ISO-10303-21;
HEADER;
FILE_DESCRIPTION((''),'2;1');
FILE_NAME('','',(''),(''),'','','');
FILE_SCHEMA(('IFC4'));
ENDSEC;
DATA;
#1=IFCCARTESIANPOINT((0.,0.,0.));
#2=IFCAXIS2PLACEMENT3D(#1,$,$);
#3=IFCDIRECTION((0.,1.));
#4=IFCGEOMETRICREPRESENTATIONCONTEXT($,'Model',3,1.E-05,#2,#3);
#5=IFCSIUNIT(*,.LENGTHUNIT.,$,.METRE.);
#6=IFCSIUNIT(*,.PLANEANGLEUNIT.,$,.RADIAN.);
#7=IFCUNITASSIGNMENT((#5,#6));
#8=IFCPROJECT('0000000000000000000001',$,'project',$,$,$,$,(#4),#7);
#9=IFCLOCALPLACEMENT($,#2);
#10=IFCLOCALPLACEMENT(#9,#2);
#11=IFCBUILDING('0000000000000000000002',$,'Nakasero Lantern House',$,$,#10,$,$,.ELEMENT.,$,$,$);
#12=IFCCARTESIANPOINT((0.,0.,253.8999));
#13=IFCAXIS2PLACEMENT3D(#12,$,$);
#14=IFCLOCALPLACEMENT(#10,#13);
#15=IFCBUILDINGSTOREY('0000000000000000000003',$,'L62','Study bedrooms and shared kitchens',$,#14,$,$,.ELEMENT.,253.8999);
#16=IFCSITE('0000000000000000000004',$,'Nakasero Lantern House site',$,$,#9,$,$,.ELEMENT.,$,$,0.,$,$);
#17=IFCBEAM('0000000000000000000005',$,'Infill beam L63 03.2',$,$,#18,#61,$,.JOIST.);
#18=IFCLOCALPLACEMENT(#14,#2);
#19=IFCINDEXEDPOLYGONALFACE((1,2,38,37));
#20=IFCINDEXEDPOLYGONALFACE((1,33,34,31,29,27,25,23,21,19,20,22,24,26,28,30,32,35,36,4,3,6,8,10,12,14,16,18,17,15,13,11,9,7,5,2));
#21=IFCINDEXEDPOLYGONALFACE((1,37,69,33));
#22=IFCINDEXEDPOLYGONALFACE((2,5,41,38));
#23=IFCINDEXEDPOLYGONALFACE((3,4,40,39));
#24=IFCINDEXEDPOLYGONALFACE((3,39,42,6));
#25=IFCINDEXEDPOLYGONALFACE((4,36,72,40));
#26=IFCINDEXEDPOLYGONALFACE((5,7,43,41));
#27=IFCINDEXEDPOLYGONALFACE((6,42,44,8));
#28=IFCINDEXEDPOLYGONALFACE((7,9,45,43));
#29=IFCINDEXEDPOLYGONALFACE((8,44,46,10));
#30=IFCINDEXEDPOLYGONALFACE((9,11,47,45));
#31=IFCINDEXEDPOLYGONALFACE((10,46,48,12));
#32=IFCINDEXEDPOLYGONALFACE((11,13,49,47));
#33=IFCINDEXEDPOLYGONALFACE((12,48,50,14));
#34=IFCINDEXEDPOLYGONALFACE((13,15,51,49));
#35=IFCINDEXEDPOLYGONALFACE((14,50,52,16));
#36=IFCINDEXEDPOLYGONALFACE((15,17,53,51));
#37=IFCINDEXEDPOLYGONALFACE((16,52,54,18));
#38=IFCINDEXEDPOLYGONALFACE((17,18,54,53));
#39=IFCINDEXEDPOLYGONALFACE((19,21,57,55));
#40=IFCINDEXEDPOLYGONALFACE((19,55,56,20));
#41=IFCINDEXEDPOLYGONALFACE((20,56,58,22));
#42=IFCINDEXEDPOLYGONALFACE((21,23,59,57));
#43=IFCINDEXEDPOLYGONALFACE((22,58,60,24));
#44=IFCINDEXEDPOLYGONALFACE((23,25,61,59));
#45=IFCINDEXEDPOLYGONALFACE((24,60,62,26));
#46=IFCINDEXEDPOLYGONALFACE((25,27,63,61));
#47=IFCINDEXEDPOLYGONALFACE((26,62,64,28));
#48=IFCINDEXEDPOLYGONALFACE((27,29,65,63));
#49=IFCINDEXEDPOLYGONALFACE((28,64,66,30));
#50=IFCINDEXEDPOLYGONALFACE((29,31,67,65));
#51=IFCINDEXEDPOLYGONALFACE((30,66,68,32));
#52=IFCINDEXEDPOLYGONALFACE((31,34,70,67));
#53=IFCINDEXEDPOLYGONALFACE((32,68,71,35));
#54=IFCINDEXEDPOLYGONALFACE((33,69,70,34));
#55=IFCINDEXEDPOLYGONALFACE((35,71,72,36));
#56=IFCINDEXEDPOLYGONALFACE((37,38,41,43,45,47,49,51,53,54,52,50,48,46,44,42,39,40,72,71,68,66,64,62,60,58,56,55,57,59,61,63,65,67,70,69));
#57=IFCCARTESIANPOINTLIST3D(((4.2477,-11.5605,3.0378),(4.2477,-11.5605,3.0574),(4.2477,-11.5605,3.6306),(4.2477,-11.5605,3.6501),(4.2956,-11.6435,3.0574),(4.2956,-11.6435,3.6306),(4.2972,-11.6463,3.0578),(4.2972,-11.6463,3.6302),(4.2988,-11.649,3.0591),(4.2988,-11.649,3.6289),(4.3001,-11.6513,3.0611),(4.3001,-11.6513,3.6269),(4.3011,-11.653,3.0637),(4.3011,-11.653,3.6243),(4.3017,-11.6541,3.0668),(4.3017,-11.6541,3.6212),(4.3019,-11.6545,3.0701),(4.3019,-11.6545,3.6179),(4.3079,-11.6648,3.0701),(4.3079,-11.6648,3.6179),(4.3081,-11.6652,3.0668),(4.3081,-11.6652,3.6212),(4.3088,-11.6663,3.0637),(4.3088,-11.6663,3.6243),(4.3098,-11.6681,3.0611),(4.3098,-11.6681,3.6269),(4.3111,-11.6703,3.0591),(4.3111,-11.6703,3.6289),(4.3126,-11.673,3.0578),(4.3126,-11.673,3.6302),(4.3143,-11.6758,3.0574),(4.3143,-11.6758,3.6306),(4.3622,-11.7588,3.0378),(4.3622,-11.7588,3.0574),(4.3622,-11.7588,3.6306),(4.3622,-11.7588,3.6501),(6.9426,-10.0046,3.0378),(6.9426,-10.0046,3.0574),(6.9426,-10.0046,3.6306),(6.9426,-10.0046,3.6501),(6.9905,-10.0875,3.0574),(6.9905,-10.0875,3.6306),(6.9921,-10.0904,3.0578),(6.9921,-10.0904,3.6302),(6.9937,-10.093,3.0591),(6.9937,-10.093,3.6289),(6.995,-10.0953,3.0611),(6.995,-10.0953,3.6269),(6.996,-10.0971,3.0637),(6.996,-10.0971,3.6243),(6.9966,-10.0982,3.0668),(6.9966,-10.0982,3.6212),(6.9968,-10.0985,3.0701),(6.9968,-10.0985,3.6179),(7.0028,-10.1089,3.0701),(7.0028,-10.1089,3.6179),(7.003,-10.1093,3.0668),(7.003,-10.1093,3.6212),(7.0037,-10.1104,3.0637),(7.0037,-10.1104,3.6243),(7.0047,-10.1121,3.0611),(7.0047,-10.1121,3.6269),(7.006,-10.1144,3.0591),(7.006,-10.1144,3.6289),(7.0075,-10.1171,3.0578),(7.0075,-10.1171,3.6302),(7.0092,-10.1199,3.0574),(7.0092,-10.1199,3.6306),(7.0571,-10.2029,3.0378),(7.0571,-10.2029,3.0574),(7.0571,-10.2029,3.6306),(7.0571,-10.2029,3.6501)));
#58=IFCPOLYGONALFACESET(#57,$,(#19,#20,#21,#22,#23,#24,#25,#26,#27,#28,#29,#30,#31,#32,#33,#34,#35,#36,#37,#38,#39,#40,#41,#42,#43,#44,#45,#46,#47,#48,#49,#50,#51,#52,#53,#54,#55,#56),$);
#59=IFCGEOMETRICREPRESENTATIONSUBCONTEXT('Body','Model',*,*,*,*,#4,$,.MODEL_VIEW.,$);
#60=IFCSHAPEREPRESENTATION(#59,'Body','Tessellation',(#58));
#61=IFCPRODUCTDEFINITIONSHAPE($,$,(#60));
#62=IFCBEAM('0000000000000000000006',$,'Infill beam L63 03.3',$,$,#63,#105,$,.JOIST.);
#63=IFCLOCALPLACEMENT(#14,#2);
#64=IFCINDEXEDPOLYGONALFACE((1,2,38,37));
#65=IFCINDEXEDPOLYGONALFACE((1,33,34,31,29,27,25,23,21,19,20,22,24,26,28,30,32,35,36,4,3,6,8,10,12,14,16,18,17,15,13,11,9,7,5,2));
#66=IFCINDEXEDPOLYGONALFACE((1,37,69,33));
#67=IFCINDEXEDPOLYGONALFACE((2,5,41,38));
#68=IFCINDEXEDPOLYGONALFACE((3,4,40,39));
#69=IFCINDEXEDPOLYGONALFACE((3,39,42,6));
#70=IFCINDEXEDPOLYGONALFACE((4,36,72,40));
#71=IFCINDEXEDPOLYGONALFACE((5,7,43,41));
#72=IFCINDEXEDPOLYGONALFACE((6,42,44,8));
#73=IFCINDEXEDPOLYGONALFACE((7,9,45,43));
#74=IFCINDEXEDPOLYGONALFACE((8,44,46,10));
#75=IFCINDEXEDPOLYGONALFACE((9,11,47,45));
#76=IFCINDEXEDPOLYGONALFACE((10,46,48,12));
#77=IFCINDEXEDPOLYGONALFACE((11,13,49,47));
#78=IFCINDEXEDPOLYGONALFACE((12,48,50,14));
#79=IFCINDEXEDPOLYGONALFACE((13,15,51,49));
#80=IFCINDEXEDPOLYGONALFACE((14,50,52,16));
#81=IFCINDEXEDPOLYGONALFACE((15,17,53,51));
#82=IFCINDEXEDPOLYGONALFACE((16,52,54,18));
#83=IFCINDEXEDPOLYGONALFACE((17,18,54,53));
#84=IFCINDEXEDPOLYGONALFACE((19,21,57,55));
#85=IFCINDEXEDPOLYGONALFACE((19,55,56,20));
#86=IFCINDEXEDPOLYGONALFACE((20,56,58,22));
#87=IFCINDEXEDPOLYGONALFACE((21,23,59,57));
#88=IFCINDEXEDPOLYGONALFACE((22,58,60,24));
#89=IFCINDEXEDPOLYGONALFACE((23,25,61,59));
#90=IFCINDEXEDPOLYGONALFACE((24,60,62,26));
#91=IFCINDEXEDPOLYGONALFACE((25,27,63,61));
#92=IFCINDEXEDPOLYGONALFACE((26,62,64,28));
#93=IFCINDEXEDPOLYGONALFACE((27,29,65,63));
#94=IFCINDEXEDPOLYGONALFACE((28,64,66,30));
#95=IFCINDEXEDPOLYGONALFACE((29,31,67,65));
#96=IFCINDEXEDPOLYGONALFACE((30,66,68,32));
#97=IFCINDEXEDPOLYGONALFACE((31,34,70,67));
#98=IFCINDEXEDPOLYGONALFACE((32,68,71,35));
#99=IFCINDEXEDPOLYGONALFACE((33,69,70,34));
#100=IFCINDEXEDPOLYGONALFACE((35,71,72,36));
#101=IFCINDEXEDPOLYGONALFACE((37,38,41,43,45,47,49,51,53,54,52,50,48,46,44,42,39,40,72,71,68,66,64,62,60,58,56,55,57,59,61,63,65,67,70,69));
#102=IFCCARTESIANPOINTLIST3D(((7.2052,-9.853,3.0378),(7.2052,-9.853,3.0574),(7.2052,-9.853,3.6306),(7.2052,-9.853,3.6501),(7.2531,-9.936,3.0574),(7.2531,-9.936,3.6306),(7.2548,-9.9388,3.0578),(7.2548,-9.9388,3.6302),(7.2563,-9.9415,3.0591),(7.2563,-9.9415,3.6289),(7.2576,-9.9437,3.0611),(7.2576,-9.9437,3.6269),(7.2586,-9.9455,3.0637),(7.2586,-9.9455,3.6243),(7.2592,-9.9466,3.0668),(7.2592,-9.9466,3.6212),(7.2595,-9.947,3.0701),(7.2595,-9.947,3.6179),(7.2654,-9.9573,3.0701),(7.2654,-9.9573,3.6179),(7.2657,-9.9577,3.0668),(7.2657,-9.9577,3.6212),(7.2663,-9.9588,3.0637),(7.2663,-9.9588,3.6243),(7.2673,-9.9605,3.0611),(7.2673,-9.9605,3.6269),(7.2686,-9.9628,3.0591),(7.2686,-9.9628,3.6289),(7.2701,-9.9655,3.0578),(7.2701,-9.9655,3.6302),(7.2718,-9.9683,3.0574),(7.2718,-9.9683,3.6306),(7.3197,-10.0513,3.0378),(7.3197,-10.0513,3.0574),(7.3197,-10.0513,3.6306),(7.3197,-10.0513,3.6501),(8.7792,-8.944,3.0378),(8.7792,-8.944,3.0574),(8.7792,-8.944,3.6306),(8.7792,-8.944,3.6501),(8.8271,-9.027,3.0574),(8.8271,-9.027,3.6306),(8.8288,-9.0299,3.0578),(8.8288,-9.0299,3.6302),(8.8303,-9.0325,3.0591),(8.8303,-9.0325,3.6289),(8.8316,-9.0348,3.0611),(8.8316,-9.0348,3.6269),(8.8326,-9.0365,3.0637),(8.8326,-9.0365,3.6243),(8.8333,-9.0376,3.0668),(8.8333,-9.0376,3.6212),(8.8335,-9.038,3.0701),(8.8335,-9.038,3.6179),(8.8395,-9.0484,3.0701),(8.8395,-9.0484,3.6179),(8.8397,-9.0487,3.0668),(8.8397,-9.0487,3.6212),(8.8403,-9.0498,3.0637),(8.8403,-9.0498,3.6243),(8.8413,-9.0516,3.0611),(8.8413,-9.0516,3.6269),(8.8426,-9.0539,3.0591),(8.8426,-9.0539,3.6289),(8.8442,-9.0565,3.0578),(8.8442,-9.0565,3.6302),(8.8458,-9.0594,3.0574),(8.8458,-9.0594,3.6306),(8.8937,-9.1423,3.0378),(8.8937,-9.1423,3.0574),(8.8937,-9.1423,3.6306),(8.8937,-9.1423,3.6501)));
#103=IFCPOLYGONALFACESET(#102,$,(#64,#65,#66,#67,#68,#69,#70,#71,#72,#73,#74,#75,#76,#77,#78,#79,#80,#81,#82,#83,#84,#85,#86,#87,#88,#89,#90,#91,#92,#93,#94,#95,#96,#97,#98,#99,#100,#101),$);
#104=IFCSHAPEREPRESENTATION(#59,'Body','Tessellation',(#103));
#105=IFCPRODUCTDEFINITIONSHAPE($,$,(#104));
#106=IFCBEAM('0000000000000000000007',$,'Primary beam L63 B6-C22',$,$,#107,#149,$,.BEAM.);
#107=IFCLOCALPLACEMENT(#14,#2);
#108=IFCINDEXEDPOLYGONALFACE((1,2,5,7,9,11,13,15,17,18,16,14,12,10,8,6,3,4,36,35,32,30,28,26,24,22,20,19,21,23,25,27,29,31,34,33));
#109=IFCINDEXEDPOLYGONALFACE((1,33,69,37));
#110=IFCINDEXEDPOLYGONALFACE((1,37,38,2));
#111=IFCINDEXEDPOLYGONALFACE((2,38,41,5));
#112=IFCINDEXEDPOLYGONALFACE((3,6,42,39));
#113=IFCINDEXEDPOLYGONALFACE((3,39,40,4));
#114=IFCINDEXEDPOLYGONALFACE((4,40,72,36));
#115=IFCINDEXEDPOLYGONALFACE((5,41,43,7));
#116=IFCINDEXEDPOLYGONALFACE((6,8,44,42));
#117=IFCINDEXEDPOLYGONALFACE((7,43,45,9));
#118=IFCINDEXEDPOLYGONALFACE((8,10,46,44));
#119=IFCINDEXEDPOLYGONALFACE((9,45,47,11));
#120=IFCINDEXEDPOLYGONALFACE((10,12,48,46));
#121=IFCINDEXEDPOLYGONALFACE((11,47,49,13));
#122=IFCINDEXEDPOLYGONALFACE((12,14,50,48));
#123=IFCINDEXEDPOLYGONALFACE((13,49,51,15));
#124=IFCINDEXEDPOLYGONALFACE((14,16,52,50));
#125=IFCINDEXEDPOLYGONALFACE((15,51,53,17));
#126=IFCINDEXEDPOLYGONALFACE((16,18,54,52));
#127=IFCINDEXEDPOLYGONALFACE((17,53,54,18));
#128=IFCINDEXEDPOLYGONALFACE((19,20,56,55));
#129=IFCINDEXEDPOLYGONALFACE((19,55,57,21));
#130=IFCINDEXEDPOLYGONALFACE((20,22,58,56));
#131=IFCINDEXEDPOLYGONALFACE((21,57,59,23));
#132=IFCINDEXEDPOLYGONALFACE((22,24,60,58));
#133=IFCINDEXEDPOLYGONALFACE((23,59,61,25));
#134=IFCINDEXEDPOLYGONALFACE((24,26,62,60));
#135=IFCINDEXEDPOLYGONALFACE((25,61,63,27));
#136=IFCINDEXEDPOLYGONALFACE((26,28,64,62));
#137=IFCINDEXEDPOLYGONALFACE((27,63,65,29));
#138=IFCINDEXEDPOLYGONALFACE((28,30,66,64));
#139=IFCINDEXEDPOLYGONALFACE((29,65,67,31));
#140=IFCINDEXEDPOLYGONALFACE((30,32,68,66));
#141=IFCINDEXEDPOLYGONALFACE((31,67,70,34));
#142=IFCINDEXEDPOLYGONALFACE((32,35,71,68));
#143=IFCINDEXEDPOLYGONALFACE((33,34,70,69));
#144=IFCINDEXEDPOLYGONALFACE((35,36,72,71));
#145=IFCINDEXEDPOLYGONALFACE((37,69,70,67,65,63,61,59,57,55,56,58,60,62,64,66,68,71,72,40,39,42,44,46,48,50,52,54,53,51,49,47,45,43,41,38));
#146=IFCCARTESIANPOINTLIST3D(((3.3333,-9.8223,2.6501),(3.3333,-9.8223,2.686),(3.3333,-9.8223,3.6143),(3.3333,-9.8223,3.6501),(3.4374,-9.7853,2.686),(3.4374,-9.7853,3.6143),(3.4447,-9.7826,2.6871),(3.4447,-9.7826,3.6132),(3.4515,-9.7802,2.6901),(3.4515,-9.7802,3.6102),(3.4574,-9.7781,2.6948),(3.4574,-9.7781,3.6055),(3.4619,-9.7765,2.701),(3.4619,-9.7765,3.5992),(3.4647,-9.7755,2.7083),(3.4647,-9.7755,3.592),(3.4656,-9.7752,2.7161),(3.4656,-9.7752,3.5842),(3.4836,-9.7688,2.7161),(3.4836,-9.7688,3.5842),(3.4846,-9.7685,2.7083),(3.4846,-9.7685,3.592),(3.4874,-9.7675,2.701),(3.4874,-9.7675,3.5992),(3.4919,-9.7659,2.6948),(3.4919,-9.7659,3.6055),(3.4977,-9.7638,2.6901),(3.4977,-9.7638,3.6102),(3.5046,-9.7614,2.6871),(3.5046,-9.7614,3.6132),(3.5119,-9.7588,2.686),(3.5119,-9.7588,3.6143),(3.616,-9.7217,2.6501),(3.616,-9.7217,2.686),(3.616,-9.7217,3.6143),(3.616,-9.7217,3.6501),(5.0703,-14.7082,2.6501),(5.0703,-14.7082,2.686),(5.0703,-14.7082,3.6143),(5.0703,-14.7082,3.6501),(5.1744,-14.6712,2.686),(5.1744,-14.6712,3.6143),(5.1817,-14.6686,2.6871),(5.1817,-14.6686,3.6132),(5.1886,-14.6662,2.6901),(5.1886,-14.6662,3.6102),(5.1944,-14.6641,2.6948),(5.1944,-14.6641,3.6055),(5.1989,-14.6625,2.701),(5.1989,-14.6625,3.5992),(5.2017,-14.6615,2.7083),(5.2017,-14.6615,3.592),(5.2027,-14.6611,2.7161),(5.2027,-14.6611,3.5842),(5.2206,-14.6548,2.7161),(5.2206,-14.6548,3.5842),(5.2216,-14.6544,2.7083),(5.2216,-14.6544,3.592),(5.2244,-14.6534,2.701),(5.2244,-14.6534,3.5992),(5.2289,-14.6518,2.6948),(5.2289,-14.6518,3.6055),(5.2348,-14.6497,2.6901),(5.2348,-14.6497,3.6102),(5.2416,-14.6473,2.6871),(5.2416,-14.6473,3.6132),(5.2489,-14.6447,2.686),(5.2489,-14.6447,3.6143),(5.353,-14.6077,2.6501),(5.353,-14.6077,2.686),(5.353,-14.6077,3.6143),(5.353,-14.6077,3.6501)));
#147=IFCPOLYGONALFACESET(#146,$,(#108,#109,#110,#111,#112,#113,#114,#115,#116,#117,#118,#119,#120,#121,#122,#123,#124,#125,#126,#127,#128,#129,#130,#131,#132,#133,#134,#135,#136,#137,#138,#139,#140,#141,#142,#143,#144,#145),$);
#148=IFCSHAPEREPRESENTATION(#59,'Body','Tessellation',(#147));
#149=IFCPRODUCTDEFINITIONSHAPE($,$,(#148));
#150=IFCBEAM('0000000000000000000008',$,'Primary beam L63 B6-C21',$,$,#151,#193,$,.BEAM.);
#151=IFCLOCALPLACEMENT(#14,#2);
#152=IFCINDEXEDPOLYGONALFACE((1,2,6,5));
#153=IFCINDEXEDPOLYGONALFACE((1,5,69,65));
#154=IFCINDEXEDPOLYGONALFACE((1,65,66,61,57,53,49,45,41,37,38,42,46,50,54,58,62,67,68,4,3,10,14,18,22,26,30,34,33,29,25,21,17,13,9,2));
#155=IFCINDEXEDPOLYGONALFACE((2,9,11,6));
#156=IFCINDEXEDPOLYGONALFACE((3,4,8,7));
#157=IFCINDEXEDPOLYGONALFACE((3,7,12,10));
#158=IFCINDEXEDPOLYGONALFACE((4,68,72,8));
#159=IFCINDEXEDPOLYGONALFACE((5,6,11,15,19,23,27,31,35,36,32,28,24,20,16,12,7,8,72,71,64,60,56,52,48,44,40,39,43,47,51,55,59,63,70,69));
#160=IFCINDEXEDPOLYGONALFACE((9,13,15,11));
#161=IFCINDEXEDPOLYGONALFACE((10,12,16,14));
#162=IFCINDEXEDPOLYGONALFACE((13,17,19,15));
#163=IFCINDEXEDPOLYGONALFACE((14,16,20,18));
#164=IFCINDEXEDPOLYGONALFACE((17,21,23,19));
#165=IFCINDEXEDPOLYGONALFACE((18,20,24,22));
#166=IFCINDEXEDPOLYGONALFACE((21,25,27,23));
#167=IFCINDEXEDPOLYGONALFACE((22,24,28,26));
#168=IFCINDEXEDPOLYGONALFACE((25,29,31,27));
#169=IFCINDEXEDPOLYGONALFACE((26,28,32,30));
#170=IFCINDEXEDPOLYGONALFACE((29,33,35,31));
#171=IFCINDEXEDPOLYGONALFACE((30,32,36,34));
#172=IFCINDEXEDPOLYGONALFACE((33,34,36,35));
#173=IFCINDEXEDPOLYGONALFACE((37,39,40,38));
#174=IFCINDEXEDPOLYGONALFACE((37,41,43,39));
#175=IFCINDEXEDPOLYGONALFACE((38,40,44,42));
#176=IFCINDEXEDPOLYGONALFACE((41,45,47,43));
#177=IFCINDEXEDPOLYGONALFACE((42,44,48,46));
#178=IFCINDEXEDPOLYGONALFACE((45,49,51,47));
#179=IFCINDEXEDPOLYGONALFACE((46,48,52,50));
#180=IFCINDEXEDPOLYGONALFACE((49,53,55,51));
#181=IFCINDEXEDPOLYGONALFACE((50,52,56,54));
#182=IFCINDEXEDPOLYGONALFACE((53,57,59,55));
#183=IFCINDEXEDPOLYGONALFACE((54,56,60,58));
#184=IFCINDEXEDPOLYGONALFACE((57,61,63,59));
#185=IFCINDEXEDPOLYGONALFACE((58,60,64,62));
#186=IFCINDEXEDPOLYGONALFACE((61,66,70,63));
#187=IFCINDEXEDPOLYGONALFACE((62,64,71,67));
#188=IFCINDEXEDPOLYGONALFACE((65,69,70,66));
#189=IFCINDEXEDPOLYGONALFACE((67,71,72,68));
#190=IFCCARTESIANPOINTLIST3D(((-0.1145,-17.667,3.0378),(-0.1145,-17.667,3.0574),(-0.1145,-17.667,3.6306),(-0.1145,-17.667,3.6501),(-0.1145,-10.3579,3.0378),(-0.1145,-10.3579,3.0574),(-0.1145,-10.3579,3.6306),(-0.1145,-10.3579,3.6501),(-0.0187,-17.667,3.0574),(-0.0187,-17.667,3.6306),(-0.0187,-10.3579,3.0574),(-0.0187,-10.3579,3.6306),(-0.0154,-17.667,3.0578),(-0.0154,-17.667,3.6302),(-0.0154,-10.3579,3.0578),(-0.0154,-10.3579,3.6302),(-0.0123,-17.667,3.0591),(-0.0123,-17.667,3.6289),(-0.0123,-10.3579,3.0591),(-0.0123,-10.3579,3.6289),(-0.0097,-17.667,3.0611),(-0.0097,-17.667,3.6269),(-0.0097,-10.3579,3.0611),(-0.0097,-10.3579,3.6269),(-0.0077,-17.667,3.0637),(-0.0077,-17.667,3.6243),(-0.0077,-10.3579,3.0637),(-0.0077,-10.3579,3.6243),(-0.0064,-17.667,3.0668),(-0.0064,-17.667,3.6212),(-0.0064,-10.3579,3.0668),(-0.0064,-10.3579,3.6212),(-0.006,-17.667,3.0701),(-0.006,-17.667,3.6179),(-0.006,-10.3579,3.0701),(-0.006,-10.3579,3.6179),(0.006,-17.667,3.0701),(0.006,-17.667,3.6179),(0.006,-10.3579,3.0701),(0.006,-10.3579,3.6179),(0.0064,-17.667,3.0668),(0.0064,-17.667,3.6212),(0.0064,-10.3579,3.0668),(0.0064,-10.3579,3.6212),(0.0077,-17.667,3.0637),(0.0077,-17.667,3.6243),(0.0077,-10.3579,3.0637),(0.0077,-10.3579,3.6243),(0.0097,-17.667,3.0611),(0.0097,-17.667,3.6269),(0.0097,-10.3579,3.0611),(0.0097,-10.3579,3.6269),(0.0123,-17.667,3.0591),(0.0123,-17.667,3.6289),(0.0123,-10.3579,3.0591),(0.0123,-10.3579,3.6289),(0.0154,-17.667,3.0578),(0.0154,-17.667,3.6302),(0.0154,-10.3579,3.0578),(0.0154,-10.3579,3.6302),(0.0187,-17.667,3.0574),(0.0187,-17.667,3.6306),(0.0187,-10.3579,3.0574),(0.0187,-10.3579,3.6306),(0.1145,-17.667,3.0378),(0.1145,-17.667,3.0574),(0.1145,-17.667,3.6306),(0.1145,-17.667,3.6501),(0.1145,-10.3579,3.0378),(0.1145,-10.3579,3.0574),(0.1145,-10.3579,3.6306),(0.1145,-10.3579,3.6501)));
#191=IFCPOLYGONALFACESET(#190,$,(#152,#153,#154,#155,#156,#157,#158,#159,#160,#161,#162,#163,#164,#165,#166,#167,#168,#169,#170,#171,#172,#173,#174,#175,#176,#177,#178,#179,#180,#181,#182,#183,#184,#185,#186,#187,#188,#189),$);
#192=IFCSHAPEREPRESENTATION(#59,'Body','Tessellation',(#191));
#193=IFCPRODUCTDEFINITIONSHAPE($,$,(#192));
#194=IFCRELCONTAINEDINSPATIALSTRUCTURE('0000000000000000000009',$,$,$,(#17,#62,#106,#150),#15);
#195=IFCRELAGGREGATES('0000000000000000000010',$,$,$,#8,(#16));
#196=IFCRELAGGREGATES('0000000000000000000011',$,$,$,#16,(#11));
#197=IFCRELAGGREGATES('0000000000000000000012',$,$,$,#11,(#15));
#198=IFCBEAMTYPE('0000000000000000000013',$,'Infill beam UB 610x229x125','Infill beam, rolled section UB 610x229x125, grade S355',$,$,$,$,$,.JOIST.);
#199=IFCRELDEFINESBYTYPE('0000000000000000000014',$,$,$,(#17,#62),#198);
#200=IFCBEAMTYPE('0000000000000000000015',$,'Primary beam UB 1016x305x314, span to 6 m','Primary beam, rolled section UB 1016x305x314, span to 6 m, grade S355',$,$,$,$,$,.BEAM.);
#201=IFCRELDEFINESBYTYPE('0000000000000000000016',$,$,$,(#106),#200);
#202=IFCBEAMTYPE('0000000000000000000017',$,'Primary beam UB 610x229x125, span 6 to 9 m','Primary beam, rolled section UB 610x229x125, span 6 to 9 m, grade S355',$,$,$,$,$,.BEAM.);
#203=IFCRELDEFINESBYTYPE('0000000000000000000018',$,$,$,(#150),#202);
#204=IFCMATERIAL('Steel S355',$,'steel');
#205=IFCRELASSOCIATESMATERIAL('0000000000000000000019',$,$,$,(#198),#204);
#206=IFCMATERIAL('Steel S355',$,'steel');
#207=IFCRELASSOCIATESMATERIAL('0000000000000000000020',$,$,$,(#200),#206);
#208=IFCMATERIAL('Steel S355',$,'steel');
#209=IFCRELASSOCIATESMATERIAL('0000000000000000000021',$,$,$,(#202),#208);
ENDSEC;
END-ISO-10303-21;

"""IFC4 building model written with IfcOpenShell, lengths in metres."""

from ifc_helpers import new_model, si_unit, direction, frame, origin, origin_2d, place, context, subcontext, project, spatial, i_section, extrude, material, material_profile, profile_set, type_object, element, save


model = new_model("IFC4")

# Units and contexts
model_context = context("Model", 3, precision=1e-05, world=origin(), true_north=direction((0.0, 1.0)))
body_context = subcontext(model_context, "Body", "Model", "MODEL_VIEW")
ifc_project = project(units=[si_unit("LENGTHUNIT", "METRE"), si_unit("PLANEANGLEUNIT", "RADIAN")], contexts=[model_context])

# Site, building, storey
site_placement = place(None, origin())
site = spatial("IfcSite", under=ifc_project, at=site_placement, Name="Nakasero Lantern House site", CompositionType="ELEMENT", RefElevation=0.0)
building_placement = place(site_placement, origin())
building = spatial("IfcBuilding", under=site, at=building_placement, Name="Nakasero Lantern House", CompositionType="ELEMENT")
storey_placement = place(building_placement, frame((0.0, 0.0, 253.8999)))
storey = spatial("IfcBuildingStorey", under=building, at=storey_placement, Name="L62", Description="Study bedrooms and shared kitchens", CompositionType="ELEMENT", Elevation=253.8999)

# Beams
ifc_material_1 = material(Name="Steel S355", Category="steel")
ifc_material_profile_1 = material_profile(ifc_material_1, i_section(OverallWidth=0.229, OverallDepth=0.6123, WebThickness=0.012, FlangeThickness=0.0195, FilletRadius=0.0127, at=origin_2d()), Name="UB 610x229x125")
ifc_profile_set_1 = profile_set([ifc_material_profile_1], Name="Steel S355")
beam_type_1 = type_object("IfcBeamType", Name="Infill beam UB 610x229x125", Description="Infill beam, rolled section UB 610x229x125, grade S355", PredefinedType="JOIST", material=ifc_profile_set_1)
beam_1_placement = place(storey_placement, frame((4.3049, -11.6597, 3.344), z_axis=(0.866018, 0.500012, 0.0), x_axis=(-0.500012, 0.866018, 0.0)))
element("IfcBeam", 1, at=beam_1_placement, inside=storey, type_object=beam_type_1, Name="Infill beam L63 03.2", PredefinedType="JOIST", context=body_context, shape_type="SweptSolid", body=[
    extrude(i_section(OverallWidth=0.229, OverallDepth=0.6123, WebThickness=0.012, FlangeThickness=0.0195, FilletRadius=0.0127, at=origin_2d()), origin(), (0.0, 0.0, 1.0), 3.1118),
])
beam_2_placement = place(storey_placement, frame((7.2625, -9.9521, 3.344), z_axis=(0.865978, 0.500083, 0.0), x_axis=(-0.500083, 0.865978, 0.0)))
element("IfcBeam", 2, at=beam_2_placement, inside=storey, type_object=beam_type_1, Name="Infill beam L63 03.3", PredefinedType="JOIST", context=body_context, shape_type="SweptSolid", body=[
    extrude(i_section(OverallWidth=0.229, OverallDepth=0.6123, WebThickness=0.012, FlangeThickness=0.0195, FilletRadius=0.0127, at=origin_2d()), origin(), (0.0, 0.0, 1.0), 1.8176),
])
ifc_material_2 = material(Name="Steel S355", Category="steel")
ifc_material_profile_2 = material_profile(ifc_material_2, i_section(OverallWidth=0.3, OverallDepth=1.0, WebThickness=0.019, FlangeThickness=0.0359, FilletRadius=0.03, at=origin_2d()), Name="UB 1016x305x314")
ifc_profile_set_2 = profile_set([ifc_material_profile_2], Name="Steel S355")
beam_type_2 = type_object("IfcBeamType", Name="Primary beam UB 1016x305x314, span to 6 m", Description="Primary beam, rolled section UB 1016x305x314, span to 6 m, grade S355", PredefinedType="BEAM", material=ifc_profile_set_2)
beam_3_placement = place(storey_placement, frame((5.2117, -14.658, 3.1501), z_axis=(-0.334979, 0.942226, 0.0), x_axis=(-0.942226, -0.334979, 0.0)))
element("IfcBeam", 3, at=beam_3_placement, inside=storey, type_object=beam_type_2, Name="Primary beam L63 B6-C22", PredefinedType="BEAM", context=body_context, shape_type="SweptSolid", body=[
    extrude(i_section(OverallWidth=0.3, OverallDepth=1.0, WebThickness=0.019, FlangeThickness=0.0359, FilletRadius=0.03, at=origin_2d()), origin(), (0.0, 0.0, 1.0), 5.1855),
])
ifc_material_3 = material(Name="Steel S355", Category="steel")
ifc_material_profile_3 = material_profile(ifc_material_3, i_section(OverallWidth=0.229, OverallDepth=0.6123, WebThickness=0.012, FlangeThickness=0.0195, FilletRadius=0.0127, at=origin_2d()), Name="UB 610x229x125")
ifc_profile_set_3 = profile_set([ifc_material_profile_3], Name="Steel S355")
beam_type_3 = type_object("IfcBeamType", Name="Primary beam UB 610x229x125, span 6 to 9 m", Description="Primary beam, rolled section UB 610x229x125, span 6 to 9 m, grade S355", PredefinedType="BEAM", material=ifc_profile_set_3)
beam_4_placement = place(storey_placement, frame((0.0, -17.667, 3.344), z_axis=(0.0, 1.0, 0.0), x_axis=(-1.0, 0.0, 0.0)))
element("IfcBeam", 4, at=beam_4_placement, inside=storey, type_object=beam_type_3, Name="Primary beam L63 B6-C21", PredefinedType="BEAM", context=body_context, shape_type="SweptSolid", body=[
    extrude(i_section(OverallWidth=0.229, OverallDepth=0.6123, WebThickness=0.012, FlangeThickness=0.0195, FilletRadius=0.0127, at=origin_2d()), origin(), (0.0, 0.0, 1.0), 7.3091),
])

save(model, "model.ifc")
